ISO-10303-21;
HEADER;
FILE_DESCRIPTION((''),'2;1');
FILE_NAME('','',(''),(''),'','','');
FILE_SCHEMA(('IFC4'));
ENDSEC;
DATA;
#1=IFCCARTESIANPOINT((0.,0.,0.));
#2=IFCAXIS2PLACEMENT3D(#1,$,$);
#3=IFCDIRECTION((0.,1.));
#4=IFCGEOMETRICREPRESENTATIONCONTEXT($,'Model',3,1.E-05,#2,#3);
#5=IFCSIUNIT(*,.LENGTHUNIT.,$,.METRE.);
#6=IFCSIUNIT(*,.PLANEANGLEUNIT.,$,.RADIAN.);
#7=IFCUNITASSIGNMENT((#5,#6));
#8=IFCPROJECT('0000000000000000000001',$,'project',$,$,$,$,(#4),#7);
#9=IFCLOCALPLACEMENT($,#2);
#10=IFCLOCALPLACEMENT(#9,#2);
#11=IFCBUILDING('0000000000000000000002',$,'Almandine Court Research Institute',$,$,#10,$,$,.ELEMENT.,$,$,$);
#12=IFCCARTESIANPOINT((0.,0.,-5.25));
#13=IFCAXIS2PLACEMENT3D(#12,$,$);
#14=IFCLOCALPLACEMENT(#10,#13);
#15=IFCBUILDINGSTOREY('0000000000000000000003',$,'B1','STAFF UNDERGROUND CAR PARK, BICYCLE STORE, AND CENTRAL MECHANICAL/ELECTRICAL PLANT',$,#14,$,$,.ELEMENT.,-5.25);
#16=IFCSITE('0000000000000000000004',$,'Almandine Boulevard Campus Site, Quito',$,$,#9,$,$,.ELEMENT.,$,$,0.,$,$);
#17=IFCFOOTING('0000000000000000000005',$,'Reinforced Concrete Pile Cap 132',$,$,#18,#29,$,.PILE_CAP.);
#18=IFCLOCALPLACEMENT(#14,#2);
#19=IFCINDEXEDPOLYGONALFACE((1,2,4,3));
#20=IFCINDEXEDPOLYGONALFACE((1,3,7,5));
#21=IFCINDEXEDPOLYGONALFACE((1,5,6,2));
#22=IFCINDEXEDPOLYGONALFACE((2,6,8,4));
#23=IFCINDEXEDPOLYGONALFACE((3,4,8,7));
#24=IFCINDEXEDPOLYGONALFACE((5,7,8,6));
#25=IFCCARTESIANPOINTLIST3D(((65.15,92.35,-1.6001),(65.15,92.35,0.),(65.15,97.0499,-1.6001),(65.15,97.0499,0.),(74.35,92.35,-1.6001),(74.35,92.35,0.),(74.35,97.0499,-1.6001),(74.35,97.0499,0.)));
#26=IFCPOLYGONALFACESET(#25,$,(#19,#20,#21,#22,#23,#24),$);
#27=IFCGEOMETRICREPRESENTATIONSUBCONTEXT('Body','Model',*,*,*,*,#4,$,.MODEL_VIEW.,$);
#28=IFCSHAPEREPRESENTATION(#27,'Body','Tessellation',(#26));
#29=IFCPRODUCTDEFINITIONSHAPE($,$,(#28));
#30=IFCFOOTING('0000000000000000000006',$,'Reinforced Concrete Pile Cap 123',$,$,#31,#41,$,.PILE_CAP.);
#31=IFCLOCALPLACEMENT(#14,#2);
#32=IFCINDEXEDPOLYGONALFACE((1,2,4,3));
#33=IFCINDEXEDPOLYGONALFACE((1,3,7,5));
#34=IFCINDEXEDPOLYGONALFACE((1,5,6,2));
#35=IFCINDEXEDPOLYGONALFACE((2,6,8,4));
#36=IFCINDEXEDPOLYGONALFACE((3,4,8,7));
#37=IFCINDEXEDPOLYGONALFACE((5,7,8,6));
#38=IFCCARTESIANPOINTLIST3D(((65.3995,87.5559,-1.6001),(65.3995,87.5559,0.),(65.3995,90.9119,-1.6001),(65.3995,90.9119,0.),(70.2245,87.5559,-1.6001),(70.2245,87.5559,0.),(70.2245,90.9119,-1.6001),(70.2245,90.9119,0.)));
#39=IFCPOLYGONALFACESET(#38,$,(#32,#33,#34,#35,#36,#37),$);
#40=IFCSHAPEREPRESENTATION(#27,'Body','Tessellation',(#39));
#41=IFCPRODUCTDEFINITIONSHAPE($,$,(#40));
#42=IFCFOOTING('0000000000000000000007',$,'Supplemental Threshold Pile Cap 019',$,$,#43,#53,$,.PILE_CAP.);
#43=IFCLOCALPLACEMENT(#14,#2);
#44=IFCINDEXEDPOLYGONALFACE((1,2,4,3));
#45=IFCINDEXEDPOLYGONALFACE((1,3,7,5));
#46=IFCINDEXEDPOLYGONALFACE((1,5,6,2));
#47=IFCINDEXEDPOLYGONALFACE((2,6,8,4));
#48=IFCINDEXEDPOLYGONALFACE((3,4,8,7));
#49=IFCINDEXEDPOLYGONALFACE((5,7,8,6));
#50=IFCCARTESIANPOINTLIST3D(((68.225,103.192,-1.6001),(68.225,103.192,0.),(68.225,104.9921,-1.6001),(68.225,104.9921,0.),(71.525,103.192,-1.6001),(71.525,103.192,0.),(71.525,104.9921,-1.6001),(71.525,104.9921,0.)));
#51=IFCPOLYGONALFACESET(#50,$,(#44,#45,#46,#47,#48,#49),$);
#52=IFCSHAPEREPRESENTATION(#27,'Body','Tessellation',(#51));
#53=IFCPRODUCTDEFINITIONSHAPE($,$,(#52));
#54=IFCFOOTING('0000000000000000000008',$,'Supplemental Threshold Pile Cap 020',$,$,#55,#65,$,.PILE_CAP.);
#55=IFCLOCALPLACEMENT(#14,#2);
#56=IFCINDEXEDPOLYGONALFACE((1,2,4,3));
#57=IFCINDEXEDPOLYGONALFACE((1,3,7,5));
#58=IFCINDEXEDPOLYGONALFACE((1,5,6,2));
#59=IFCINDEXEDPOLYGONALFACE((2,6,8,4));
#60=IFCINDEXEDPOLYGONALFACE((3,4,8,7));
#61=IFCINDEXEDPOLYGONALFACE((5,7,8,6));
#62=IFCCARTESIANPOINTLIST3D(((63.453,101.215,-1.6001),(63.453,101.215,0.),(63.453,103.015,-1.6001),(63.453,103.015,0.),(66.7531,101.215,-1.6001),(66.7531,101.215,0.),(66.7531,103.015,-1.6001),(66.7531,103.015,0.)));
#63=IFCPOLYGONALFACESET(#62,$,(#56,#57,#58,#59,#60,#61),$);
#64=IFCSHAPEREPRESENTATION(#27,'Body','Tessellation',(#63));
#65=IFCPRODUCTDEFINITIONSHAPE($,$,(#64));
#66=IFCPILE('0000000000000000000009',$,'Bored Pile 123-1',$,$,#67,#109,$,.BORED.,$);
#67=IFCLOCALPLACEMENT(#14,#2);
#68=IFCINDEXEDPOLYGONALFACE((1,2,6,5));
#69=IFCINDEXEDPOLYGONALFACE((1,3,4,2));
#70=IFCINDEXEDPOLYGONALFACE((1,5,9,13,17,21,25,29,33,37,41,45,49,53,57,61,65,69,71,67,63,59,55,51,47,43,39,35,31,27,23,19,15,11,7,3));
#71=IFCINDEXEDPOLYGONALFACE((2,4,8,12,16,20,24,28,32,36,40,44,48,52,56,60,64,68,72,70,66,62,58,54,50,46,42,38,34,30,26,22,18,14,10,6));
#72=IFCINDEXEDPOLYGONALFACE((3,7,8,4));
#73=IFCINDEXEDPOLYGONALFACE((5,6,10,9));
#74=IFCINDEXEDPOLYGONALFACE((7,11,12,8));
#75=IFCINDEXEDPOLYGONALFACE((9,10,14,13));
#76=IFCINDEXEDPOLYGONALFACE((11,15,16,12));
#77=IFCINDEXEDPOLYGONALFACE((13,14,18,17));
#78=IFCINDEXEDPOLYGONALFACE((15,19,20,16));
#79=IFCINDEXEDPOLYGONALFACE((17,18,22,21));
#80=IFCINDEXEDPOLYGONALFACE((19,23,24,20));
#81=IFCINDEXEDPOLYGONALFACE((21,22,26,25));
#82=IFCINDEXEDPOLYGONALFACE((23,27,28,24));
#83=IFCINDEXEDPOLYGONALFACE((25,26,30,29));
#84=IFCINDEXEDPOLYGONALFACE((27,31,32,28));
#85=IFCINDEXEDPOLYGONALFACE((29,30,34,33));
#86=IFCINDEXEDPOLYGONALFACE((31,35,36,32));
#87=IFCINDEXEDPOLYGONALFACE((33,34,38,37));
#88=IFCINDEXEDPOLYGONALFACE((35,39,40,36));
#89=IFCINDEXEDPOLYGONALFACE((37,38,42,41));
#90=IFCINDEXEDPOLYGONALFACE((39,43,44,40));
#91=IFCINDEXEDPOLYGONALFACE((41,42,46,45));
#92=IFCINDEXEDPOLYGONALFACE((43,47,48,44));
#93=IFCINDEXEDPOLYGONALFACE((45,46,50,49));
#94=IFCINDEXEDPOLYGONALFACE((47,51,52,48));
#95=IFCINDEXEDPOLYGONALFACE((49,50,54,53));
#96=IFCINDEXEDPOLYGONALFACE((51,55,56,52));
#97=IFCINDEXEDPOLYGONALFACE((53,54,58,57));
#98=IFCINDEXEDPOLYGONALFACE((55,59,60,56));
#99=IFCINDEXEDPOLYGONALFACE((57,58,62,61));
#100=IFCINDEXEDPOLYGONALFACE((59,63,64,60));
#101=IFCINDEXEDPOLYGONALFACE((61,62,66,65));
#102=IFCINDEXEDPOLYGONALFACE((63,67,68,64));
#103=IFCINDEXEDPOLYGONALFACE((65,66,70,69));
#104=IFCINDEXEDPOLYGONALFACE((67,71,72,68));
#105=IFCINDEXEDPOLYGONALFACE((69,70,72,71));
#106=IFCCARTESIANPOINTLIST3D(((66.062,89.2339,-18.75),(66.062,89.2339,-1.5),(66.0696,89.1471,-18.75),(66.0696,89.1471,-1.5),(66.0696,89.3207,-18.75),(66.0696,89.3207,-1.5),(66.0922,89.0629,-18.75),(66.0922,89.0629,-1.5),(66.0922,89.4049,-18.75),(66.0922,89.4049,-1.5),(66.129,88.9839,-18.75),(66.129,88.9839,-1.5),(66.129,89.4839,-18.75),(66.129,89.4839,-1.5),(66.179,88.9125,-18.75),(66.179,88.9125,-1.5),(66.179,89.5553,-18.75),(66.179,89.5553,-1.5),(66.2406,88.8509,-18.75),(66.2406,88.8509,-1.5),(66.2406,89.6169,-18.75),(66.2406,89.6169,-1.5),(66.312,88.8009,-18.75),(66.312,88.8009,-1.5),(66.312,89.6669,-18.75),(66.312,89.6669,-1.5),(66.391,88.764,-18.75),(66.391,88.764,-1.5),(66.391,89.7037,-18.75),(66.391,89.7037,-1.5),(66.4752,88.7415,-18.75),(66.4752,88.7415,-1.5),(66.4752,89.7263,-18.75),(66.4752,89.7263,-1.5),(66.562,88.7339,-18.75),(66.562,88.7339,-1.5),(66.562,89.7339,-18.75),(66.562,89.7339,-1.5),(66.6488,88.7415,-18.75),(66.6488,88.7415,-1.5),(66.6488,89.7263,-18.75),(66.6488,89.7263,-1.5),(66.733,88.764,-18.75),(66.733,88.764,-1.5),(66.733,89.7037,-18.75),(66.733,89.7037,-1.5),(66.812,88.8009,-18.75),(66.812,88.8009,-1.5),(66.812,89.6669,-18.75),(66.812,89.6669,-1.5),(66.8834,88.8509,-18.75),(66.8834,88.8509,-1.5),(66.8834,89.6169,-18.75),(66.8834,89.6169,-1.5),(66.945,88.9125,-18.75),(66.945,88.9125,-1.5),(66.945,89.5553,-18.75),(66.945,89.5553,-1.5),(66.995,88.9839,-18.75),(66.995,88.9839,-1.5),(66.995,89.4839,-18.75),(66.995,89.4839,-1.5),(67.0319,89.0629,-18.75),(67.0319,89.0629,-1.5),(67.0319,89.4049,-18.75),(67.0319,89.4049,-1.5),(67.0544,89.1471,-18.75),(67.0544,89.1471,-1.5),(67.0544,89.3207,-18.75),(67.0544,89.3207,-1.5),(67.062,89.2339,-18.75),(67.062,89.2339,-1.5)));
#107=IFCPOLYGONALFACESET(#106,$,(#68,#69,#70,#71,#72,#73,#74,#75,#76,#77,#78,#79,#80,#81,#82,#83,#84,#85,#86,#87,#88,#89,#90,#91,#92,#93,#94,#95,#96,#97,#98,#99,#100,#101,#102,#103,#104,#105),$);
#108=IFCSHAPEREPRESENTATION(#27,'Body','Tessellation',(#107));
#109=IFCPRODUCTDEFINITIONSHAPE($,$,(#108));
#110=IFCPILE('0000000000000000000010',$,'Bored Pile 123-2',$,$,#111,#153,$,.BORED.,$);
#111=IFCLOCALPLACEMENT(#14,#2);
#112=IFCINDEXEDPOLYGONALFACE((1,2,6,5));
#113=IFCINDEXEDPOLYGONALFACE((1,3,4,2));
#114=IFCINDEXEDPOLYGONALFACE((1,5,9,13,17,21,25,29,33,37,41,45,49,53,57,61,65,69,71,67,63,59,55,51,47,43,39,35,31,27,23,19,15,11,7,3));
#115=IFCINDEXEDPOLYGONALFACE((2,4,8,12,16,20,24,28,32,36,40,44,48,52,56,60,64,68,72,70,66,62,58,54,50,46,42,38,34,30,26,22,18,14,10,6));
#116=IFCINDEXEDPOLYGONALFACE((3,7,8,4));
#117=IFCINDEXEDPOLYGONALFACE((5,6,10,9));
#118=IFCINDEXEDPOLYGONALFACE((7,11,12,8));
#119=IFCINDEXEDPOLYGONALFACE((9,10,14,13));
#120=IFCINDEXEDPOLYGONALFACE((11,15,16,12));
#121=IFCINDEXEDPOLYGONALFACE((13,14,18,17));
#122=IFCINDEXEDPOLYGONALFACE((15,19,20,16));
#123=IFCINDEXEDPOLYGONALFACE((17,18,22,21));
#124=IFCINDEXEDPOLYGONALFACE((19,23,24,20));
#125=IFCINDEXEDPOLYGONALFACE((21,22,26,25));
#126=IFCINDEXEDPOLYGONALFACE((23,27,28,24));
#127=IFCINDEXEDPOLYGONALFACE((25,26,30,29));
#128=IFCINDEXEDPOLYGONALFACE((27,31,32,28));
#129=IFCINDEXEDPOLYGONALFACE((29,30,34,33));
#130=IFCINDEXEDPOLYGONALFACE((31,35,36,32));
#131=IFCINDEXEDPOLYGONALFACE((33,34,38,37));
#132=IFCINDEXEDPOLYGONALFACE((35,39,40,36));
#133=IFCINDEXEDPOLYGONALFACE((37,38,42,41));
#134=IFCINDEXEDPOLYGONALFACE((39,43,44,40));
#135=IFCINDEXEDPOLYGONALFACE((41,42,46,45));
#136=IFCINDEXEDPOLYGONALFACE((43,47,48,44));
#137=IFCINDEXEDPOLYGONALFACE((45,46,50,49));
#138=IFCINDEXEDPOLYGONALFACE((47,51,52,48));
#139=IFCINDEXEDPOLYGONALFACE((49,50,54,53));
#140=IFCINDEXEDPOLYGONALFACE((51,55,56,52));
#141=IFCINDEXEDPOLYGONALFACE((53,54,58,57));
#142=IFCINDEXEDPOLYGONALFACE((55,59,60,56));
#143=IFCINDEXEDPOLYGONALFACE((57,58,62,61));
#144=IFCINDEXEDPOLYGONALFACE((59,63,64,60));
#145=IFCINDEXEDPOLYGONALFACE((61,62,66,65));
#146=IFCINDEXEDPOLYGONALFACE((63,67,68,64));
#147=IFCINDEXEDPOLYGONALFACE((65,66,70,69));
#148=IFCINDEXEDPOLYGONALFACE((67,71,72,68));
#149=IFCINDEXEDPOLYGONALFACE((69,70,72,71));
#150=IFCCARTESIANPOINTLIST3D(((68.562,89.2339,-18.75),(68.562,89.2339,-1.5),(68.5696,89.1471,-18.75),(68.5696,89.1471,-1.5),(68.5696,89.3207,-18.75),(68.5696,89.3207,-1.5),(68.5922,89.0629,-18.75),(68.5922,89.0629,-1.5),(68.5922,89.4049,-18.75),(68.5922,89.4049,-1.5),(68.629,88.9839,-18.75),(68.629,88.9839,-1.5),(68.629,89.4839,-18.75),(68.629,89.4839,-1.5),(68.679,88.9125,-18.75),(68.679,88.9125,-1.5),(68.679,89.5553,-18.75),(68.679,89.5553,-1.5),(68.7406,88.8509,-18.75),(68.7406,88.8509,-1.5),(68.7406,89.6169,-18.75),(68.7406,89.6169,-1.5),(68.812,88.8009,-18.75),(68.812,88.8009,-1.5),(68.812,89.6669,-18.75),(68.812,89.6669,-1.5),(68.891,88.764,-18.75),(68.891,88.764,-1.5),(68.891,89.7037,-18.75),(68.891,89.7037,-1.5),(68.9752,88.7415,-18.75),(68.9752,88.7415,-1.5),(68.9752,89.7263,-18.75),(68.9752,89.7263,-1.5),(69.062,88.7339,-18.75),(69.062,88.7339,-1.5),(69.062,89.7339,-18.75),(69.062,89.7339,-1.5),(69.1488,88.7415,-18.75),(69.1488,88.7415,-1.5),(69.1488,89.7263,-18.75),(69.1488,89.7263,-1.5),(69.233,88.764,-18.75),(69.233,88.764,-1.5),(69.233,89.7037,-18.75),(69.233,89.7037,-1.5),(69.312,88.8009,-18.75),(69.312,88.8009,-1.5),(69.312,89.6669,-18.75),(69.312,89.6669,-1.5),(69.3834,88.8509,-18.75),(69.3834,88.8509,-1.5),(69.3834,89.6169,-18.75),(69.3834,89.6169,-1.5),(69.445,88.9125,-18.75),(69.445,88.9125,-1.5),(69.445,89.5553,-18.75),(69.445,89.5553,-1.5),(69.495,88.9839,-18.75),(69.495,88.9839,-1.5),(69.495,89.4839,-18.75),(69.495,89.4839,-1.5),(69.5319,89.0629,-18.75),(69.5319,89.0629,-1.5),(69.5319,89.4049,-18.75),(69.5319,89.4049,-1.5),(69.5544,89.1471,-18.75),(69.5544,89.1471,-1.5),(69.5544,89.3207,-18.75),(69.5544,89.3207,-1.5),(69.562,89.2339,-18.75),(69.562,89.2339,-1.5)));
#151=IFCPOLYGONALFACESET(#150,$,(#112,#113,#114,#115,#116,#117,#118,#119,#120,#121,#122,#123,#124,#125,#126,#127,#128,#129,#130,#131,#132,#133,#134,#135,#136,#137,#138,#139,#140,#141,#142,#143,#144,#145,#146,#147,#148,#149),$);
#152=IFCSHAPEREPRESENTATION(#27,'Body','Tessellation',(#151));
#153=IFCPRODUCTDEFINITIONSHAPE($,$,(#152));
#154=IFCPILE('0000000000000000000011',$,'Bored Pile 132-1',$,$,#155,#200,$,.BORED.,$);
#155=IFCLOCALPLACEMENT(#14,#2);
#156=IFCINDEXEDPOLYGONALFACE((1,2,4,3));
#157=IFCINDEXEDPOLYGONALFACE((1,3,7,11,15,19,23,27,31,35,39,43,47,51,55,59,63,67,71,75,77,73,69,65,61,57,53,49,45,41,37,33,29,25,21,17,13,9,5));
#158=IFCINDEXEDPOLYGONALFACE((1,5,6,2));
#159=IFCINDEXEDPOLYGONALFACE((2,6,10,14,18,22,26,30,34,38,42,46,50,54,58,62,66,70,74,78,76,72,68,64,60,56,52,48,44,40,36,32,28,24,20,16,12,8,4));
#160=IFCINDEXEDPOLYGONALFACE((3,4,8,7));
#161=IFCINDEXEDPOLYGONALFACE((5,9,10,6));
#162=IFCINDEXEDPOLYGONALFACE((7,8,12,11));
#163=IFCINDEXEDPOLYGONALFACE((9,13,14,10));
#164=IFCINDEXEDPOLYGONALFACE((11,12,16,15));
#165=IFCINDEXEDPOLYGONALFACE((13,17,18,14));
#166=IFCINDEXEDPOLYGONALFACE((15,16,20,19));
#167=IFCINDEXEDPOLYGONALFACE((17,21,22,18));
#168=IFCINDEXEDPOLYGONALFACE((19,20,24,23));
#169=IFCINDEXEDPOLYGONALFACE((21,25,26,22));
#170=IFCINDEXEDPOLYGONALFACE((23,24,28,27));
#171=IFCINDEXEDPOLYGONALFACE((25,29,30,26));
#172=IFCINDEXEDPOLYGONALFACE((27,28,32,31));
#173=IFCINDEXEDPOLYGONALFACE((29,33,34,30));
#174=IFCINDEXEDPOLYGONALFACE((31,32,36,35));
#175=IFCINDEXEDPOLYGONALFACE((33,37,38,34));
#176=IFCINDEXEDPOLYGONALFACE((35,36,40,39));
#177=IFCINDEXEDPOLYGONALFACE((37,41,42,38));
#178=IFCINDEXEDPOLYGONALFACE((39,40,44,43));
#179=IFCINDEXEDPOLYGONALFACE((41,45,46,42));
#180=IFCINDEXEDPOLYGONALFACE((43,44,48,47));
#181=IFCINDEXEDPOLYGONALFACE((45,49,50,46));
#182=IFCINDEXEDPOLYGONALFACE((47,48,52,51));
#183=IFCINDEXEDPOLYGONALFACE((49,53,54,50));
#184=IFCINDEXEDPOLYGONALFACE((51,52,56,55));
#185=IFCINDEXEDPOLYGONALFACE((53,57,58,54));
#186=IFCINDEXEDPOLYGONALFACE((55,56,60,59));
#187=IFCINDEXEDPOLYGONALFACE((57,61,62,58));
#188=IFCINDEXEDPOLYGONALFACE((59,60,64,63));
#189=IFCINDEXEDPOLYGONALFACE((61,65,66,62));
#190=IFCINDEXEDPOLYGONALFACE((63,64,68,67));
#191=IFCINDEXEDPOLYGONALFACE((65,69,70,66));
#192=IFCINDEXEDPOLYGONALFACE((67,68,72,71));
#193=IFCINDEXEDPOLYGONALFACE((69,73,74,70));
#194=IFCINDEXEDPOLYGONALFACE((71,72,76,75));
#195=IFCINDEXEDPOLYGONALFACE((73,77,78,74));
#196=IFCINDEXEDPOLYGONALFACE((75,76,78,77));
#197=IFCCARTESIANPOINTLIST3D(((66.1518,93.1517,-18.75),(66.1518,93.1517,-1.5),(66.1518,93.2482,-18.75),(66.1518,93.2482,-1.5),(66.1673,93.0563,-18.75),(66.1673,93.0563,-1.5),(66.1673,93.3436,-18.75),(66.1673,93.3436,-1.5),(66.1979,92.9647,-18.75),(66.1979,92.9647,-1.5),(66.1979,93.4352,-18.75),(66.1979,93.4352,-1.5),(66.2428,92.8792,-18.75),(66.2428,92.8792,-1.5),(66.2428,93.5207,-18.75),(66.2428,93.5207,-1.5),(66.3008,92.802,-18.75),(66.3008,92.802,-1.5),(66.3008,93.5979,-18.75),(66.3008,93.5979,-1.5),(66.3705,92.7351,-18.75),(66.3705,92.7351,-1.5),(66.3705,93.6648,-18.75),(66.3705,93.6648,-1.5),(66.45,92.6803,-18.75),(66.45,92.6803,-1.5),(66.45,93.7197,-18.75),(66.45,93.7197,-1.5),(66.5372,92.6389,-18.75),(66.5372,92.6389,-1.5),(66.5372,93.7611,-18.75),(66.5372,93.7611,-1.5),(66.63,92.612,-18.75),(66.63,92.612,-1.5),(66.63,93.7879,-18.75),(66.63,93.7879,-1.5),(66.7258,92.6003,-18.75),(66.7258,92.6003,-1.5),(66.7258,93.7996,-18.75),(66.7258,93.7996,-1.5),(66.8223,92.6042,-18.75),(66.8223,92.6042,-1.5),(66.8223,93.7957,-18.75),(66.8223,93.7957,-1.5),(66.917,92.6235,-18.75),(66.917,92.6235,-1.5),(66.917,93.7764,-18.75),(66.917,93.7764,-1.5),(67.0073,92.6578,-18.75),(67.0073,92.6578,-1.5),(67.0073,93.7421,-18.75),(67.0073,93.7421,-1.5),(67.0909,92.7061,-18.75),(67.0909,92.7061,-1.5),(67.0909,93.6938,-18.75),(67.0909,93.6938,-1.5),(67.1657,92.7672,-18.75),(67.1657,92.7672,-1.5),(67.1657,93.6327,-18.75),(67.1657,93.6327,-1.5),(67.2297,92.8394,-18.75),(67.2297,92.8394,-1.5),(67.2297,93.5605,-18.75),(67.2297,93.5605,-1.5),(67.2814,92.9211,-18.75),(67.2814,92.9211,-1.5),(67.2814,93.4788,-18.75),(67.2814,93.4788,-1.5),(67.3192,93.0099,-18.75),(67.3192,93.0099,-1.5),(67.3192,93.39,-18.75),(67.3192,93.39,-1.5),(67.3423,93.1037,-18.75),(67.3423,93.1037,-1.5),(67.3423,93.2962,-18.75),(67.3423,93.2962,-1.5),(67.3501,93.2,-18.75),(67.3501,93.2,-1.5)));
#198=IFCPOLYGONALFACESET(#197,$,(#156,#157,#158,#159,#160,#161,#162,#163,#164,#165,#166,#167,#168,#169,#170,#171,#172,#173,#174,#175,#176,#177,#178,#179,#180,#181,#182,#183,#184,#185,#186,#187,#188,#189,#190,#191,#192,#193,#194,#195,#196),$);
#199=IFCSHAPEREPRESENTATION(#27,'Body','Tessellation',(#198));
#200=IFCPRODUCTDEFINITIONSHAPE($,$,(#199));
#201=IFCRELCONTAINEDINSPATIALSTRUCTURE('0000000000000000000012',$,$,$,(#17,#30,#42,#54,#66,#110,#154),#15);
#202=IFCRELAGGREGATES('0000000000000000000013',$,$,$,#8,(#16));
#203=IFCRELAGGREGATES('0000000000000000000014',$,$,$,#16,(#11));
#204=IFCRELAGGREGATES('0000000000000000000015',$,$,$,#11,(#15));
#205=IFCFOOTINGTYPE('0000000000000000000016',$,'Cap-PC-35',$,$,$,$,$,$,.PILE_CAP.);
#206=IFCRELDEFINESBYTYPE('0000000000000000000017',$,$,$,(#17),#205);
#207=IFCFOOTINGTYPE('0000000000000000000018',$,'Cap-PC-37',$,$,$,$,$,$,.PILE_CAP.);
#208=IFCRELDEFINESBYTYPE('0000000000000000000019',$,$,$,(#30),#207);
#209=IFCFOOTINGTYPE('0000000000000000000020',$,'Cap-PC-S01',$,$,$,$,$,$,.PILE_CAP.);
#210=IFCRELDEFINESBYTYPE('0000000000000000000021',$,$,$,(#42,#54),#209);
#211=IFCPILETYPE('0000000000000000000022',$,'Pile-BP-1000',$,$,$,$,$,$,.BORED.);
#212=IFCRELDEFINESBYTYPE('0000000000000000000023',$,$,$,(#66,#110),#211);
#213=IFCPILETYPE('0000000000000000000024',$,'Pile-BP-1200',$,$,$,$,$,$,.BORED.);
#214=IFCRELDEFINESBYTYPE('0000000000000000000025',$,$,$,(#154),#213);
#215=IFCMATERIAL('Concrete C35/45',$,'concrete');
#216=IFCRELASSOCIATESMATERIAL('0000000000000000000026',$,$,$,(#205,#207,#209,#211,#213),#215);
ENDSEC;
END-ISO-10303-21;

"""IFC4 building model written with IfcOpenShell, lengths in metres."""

from ifc_helpers import new_model, si_unit, direction, frame, origin, origin_2d, place, context, subcontext, project, spatial, rectangle, circle, extrude, material, material_profile, profile_set, type_object, element, save


model = new_model("IFC4")

# Units and contexts
model_context = context("Model", 3, precision=1e-05, world=origin(), true_north=direction((0.0, 1.0)))
body_context = subcontext(model_context, "Body", "Model", "MODEL_VIEW")
ifc_project = project(units=[si_unit("LENGTHUNIT", "METRE"), si_unit("PLANEANGLEUNIT", "RADIAN")], contexts=[model_context])

# Site, building, storey
site_placement = place(None, origin())
site = spatial("IfcSite", under=ifc_project, at=site_placement, Name="Almandine Boulevard Campus Site, Quito", CompositionType="ELEMENT", RefElevation=0.0)
building_placement = place(site_placement, origin())
building = spatial("IfcBuilding", under=site, at=building_placement, Name="Almandine Court Research Institute", CompositionType="ELEMENT")
storey_placement = place(building_placement, frame((0.0, 0.0, -5.25)))
storey = spatial("IfcBuildingStorey", under=building, at=storey_placement, Name="B1", Description="STAFF UNDERGROUND CAR PARK, BICYCLE STORE, AND CENTRAL MECHANICAL/ELECTRICAL PLANT", CompositionType="ELEMENT", Elevation=-5.25)

# Footings
ifc_material_1 = material(Name="Concrete C35/45", Category="concrete")
footing_type_1 = type_object("IfcFootingType", Name="Cap-PC-35", PredefinedType="PILE_CAP", material=ifc_material_1)
footing_1_placement = place(storey_placement, frame((69.75, 94.7, -1.6001), z_axis=(0.0, 0.0, 1.0), x_axis=(1.0, 0.0, 0.0)))
element("IfcFooting", 1, at=footing_1_placement, inside=storey, type_object=footing_type_1, Name="Reinforced Concrete Pile Cap 132", PredefinedType="PILE_CAP", context=body_context, shape_type="SweptSolid", body=[
    extrude(rectangle(XDim=9.2, YDim=4.7, at=origin_2d()), origin(), (0.0, 0.0, 1.0), 1.6001),
])
footing_type_2 = type_object("IfcFootingType", Name="Cap-PC-37", PredefinedType="PILE_CAP", material=ifc_material_1)
footing_2_placement = place(storey_placement, frame((67.812, 89.2339, -1.6001), z_axis=(0.0, 0.0, 1.0), x_axis=(1.0, 0.0, 0.0)))
element("IfcFooting", 2, at=footing_2_placement, inside=storey, type_object=footing_type_2, Name="Reinforced Concrete Pile Cap 123", PredefinedType="PILE_CAP", context=body_context, shape_type="SweptSolid", body=[
    extrude(rectangle(XDim=4.825, YDim=3.356, at=origin_2d()), origin(), (0.0, 0.0, 1.0), 1.6001),
])
footing_type_3 = type_object("IfcFootingType", Name="Cap-PC-S01", PredefinedType="PILE_CAP", material=ifc_material_1)
for number, where, z_axis, x_axis, name in (
    (3, (69.875, 104.092, -1.6001), (0.0, 0.0, 1.0), (1.0, 0.0, 0.0), "Supplemental Threshold Pile Cap 019"),
    (4, (65.103, 102.115, -1.6001), (0.0, 0.0, 1.0), (1.0, 0.0, 0.0), "Supplemental Threshold Pile Cap 020"),
):
    element("IfcFooting", number, at=place(storey_placement, frame(where, z_axis=z_axis, x_axis=x_axis)), inside=storey, type_object=footing_type_3, Name=name, PredefinedType="PILE_CAP", context=body_context, shape_type="SweptSolid", body=[
        extrude(rectangle(XDim=3.3, YDim=1.8, at=origin_2d()), origin(), (0.0, 0.0, 1.0), 1.6001),
    ])

# Piles
ifc_material_profile_1 = material_profile(ifc_material_1, circle(Radius=0.5, at=origin_2d()), Name="BORED PILE D1000")
ifc_profile_set_1 = profile_set([ifc_material_profile_1], Name="Concrete C35/45")
pile_type_1 = type_object("IfcPileType", Name="Pile-BP-1000", PredefinedType="BORED", material=ifc_profile_set_1)
for number, where, z_axis, x_axis, name in (
    (5, (66.562, 89.2339, -1.5), (0.0, 0.0, -1.0), (1.0, 0.0, 0.0), "Bored Pile 123-1"),
    (6, (69.062, 89.2339, -1.5), (0.0, 0.0, -1.0), (1.0, 0.0, 0.0), "Bored Pile 123-2"),
):
    element("IfcPile", number, at=place(storey_placement, frame(where, z_axis=z_axis, x_axis=x_axis)), inside=storey, type_object=pile_type_1, Name=name, PredefinedType="BORED", context=body_context, shape_type="SweptSolid", body=[
        extrude(circle(Radius=0.5, at=origin_2d()), origin(), (0.0, 0.0, 1.0), 17.25),
    ])
ifc_material_profile_2 = material_profile(ifc_material_1, circle(Radius=0.6001, at=origin_2d()), Name="BORED PILE D1200")
ifc_profile_set_2 = profile_set([ifc_material_profile_2], Name="Concrete C35/45")
pile_type_2 = type_object("IfcPileType", Name="Pile-BP-1200", PredefinedType="BORED", material=ifc_profile_set_2)
for number, where, z_axis, x_axis, name in (
    (7, (66.75, 93.2, -1.5), (0.0, 0.0, -1.0), (1.0, 0.0, 0.0), "Bored Pile 132-1"),
):
    element("IfcPile", number, at=place(storey_placement, frame(where, z_axis=z_axis, x_axis=x_axis)), inside=storey, type_object=pile_type_2, Name=name, PredefinedType="BORED", context=body_context, shape_type="SweptSolid", body=[
        extrude(circle(Radius=0.6001, at=origin_2d()), origin(), (0.0, 0.0, 1.0), 17.25),
    ])

save(model, "model.ifc")
